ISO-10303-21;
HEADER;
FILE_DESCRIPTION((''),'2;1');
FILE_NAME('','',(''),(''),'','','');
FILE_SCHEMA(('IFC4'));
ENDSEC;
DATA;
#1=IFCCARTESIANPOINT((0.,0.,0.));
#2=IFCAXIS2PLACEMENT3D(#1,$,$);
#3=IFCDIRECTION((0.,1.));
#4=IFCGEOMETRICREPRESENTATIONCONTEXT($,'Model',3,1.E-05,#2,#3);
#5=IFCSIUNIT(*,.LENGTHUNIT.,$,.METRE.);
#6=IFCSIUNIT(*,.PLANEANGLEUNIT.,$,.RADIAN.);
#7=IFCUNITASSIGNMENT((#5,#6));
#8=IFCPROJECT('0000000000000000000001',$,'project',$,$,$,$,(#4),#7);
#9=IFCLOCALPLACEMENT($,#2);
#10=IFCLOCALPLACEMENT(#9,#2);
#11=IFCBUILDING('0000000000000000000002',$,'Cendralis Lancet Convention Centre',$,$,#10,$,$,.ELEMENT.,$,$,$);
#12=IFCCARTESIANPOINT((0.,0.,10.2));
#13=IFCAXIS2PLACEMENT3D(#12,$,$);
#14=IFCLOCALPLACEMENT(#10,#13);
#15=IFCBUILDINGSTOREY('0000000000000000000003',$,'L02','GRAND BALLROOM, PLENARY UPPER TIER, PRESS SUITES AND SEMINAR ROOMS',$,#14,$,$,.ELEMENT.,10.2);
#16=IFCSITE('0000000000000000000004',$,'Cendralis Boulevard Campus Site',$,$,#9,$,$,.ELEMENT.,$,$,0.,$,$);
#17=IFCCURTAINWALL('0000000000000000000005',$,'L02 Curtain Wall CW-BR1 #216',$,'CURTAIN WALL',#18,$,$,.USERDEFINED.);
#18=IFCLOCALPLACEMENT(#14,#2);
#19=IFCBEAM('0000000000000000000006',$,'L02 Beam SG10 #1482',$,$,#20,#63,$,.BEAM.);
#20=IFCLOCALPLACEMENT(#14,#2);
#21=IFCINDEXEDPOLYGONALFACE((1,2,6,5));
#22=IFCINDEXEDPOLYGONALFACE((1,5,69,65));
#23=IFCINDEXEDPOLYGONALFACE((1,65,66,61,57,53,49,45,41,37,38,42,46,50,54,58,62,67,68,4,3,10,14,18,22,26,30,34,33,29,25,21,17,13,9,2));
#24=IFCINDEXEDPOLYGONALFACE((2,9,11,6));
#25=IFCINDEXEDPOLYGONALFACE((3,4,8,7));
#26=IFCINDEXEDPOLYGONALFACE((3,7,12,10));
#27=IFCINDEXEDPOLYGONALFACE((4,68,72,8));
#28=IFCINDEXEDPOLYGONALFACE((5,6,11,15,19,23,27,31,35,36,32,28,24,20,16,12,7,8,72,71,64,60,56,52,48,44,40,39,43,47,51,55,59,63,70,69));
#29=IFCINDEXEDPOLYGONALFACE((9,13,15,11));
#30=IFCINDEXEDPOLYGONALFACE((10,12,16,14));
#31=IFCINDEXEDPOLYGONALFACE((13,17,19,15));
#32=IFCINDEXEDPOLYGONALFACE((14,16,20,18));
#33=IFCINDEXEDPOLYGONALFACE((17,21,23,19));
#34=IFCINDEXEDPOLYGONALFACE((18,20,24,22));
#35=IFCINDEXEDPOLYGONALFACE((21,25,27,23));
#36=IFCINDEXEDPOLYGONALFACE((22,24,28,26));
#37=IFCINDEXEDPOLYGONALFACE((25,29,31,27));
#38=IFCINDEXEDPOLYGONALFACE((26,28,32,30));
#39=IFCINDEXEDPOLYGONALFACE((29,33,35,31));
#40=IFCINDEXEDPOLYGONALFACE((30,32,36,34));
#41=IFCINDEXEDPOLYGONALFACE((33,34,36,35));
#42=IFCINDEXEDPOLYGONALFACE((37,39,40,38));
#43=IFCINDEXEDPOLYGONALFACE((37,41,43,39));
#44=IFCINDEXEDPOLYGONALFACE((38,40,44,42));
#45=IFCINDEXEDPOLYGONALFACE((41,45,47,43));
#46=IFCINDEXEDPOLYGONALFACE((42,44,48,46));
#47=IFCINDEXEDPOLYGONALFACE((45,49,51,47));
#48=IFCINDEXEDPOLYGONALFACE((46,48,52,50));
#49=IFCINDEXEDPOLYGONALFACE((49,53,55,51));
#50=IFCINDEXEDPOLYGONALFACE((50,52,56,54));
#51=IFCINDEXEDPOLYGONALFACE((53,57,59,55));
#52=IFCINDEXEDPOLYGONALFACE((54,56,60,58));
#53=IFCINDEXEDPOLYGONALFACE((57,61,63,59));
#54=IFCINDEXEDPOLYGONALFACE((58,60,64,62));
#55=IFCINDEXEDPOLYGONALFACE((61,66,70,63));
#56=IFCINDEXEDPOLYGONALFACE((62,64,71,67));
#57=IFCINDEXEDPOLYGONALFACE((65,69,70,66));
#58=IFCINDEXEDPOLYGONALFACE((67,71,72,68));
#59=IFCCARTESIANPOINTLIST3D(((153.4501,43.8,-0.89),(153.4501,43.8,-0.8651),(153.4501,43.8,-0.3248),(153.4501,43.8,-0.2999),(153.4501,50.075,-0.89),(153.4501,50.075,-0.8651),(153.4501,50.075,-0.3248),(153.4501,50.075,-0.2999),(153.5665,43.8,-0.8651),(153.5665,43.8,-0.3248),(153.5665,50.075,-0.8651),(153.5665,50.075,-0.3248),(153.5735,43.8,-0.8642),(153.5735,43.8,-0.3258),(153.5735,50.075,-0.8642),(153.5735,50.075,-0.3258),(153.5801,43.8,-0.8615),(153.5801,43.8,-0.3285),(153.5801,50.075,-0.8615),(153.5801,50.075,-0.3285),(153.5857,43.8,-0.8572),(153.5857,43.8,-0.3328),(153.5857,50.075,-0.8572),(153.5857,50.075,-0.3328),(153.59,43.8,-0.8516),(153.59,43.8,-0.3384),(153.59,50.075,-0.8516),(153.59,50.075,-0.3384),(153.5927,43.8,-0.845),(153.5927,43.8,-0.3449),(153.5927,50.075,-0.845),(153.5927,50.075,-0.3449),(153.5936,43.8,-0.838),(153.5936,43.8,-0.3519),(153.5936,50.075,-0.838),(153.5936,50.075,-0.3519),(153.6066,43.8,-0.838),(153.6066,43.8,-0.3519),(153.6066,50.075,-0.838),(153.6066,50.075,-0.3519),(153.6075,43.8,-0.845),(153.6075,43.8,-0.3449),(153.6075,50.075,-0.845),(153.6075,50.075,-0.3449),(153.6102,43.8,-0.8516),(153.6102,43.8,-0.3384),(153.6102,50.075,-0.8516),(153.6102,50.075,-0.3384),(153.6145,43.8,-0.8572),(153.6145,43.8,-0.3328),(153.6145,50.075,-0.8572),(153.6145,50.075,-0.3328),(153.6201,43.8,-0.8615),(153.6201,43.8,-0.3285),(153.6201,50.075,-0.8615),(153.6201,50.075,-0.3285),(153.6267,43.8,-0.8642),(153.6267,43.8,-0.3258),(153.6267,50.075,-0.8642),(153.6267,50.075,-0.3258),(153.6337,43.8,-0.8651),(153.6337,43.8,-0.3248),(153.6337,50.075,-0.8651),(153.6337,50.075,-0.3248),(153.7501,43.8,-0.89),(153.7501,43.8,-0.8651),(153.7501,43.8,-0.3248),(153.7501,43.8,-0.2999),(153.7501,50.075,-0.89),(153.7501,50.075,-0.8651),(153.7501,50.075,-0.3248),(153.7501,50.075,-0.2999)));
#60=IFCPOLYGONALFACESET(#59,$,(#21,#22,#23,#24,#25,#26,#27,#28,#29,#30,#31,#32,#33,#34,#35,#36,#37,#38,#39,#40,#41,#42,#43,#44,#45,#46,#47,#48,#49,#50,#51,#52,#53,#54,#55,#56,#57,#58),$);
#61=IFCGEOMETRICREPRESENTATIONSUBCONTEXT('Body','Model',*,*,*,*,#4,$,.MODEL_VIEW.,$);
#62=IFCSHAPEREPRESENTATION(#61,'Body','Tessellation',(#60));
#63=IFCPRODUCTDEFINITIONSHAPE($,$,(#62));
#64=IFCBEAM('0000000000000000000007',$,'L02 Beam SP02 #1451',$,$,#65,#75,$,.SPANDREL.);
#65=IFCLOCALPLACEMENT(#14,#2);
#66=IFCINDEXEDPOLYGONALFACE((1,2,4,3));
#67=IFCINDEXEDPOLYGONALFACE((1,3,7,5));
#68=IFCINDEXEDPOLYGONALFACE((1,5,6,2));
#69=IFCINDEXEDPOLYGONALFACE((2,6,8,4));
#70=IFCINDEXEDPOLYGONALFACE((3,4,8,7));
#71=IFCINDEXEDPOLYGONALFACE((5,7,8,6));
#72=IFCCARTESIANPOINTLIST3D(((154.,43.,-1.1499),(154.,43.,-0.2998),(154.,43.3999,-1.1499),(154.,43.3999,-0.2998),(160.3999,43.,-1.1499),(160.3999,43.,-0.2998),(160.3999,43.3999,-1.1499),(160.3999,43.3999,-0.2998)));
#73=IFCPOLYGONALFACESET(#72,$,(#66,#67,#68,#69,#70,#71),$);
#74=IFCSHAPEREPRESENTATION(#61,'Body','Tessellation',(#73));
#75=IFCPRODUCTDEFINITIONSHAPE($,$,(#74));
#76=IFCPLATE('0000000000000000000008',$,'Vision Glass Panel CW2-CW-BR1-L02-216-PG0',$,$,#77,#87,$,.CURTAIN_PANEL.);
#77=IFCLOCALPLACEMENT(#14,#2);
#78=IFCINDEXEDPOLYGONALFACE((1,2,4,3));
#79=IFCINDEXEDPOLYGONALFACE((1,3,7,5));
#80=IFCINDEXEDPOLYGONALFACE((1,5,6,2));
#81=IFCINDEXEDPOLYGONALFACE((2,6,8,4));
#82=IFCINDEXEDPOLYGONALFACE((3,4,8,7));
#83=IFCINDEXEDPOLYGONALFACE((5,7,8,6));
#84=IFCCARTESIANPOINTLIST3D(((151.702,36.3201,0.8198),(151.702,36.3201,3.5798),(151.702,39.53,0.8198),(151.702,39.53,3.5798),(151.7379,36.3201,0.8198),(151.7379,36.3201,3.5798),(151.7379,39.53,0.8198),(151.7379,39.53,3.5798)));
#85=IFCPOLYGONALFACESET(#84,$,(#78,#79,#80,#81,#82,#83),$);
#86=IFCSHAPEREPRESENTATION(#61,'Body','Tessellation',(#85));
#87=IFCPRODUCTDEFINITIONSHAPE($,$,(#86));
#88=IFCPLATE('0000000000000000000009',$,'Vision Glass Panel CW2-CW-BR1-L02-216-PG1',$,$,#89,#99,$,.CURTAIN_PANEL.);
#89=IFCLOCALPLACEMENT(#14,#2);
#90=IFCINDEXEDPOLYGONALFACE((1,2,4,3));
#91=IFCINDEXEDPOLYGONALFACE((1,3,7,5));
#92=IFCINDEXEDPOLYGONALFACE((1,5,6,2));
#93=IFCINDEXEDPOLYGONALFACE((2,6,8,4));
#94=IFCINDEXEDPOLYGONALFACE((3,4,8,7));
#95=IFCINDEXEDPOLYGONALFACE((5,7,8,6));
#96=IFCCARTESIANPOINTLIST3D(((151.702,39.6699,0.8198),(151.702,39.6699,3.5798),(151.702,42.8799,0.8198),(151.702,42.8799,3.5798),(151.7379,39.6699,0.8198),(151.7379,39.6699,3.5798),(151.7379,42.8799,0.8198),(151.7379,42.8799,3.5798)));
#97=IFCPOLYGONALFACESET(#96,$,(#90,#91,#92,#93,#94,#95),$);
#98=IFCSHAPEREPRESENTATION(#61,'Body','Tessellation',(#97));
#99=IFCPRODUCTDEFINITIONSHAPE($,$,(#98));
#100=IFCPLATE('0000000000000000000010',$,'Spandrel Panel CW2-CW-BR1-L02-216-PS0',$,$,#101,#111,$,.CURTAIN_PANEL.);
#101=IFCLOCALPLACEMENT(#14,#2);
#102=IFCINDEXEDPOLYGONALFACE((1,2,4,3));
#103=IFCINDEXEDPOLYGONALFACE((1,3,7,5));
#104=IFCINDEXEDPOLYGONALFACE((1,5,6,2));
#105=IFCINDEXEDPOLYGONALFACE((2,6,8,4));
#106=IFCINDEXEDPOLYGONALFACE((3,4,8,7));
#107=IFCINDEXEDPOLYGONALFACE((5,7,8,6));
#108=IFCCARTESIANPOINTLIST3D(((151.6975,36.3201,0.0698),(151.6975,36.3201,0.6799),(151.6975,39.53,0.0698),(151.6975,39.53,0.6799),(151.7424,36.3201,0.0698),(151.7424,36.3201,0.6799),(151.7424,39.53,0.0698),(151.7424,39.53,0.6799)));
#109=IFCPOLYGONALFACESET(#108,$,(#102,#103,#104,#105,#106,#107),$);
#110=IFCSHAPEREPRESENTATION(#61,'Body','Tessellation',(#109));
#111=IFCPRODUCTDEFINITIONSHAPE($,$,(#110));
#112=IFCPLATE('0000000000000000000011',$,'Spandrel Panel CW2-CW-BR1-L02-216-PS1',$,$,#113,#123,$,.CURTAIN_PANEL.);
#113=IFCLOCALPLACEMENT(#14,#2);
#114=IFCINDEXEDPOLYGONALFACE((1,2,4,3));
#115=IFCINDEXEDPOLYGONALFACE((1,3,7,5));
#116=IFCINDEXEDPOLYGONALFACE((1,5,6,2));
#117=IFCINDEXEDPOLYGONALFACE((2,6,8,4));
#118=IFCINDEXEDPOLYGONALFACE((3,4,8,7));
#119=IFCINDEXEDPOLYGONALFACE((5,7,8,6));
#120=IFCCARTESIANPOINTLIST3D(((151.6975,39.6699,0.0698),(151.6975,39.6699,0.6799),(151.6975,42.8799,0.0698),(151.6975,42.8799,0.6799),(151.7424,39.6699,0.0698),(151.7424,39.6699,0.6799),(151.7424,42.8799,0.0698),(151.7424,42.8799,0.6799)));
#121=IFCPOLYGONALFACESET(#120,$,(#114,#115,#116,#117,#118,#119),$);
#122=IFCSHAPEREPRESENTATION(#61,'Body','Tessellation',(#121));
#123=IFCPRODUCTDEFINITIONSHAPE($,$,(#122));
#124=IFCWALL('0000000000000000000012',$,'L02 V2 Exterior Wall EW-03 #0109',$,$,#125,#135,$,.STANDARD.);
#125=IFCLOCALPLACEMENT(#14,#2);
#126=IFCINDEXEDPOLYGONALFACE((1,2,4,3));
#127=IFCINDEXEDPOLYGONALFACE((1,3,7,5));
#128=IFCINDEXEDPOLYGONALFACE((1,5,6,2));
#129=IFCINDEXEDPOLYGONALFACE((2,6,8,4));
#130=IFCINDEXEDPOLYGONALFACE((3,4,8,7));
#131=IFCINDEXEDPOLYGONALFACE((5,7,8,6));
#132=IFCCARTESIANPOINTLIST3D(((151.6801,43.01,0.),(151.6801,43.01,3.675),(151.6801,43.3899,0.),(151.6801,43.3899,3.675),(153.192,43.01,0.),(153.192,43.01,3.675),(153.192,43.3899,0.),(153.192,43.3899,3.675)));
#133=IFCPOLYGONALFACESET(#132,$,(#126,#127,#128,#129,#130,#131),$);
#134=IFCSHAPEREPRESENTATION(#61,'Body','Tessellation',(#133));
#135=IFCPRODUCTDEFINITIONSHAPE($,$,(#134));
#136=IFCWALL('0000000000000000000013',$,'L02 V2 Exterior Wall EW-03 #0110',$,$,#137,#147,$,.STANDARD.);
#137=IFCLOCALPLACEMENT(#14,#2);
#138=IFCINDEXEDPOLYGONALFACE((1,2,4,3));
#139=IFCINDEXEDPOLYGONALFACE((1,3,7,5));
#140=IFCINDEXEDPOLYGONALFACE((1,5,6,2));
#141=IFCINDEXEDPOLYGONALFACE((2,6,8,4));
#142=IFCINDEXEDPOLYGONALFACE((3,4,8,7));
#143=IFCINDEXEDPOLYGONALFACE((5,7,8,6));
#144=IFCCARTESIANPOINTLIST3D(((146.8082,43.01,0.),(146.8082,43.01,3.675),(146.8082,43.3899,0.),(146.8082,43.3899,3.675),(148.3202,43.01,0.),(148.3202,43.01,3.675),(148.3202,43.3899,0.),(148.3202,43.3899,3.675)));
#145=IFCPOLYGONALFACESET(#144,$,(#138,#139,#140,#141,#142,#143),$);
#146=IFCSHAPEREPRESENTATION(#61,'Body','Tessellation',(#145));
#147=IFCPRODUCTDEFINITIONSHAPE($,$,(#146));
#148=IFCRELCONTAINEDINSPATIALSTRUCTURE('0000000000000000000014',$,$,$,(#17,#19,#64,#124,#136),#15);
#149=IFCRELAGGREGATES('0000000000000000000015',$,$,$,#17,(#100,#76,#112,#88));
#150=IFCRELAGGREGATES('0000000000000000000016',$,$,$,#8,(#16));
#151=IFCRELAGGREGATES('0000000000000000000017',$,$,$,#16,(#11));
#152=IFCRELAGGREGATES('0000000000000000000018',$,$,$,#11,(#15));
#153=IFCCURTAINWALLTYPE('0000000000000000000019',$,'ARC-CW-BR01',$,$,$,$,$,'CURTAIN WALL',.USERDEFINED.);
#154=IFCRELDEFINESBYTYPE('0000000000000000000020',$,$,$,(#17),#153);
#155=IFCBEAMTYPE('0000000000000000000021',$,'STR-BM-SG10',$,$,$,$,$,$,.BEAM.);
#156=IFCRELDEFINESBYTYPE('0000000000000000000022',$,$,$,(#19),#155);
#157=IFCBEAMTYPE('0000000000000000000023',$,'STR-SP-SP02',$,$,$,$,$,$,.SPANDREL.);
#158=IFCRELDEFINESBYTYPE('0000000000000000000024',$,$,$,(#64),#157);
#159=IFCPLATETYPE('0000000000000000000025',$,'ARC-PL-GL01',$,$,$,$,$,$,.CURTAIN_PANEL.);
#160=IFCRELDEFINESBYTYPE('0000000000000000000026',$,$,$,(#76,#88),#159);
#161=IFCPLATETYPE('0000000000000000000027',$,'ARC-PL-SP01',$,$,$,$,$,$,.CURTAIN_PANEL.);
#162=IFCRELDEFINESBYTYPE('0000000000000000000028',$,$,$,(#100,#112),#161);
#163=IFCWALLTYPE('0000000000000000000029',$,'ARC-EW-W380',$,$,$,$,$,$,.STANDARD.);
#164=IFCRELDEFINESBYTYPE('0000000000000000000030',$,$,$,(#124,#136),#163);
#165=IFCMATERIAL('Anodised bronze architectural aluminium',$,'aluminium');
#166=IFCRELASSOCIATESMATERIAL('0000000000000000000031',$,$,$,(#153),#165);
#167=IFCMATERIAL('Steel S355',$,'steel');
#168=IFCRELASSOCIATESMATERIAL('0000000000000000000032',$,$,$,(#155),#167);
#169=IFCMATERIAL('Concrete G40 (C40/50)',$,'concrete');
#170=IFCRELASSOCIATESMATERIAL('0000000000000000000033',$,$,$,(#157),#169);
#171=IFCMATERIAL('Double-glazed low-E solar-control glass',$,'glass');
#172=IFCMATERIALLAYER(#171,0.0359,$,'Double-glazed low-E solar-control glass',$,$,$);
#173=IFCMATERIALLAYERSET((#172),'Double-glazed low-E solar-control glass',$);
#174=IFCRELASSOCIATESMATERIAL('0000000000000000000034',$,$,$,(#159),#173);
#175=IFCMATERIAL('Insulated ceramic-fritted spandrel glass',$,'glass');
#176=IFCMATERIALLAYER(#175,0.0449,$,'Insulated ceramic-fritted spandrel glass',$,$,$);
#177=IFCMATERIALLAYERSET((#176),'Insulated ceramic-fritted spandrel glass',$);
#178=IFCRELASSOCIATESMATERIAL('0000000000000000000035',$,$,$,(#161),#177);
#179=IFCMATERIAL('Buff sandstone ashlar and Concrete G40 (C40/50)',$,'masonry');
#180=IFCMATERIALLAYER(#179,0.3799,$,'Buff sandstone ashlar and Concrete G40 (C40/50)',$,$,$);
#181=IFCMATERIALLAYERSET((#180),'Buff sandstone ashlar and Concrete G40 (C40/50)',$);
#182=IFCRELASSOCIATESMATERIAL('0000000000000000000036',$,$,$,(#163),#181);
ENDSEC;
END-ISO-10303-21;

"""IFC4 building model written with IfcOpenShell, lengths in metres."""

from ifc_helpers import new_model, si_unit, direction, frame, frame_2d, origin, origin_2d, place, context, subcontext, project, spatial, rectangle, i_section, extrude, material, layer, layer_set, material_profile, profile_set, type_object, element, aggregate, save


model = new_model("IFC4")

# Units and contexts
model_context = context("Model", 3, precision=1e-05, world=origin(), true_north=direction((0.0, 1.0)))
body_context = subcontext(model_context, "Body", "Model", "MODEL_VIEW")
ifc_project = project(units=[si_unit("LENGTHUNIT", "METRE"), si_unit("PLANEANGLEUNIT", "RADIAN")], contexts=[model_context])

# Site, building, storey
site_placement = place(None, origin())
site = spatial("IfcSite", under=ifc_project, at=site_placement, Name="Cendralis Boulevard Campus Site", CompositionType="ELEMENT", RefElevation=0.0)
building_placement = place(site_placement, origin())
building = spatial("IfcBuilding", under=site, at=building_placement, Name="Cendralis Lancet Convention Centre", CompositionType="ELEMENT")
storey_placement = place(building_placement, frame((0.0, 0.0, 10.2)))
storey = spatial("IfcBuildingStorey", under=building, at=storey_placement, Name="L02", Description="GRAND BALLROOM, PLENARY UPPER TIER, PRESS SUITES AND SEMINAR ROOMS", CompositionType="ELEMENT", Elevation=10.2)

# Shared definitions
ifc_material_1 = material(Name="Concrete G40 (C40/50)", Category="concrete")

# Curtain wall
ifc_material_2 = material(Name="Anodised bronze architectural aluminium", Category="aluminium")
curtain_wall_type = type_object("IfcCurtainWallType", Name="ARC-CW-BR01", ElementType="CURTAIN WALL", PredefinedType="USERDEFINED", material=ifc_material_2)
curtain_wall_placement = place(storey_placement, origin())
curtain_wall = element("IfcCurtainWall", 1, at=curtain_wall_placement, inside=storey, type_object=curtain_wall_type, Name="L02 Curtain Wall CW-BR1 #216", ObjectType="CURTAIN WALL", PredefinedType="USERDEFINED")

# Beams
ifc_material_3 = material(Name="Steel S355", Category="steel")
ifc_material_profile_1 = material_profile(ifc_material_3, i_section(OverallWidth=0.3, OverallDepth=0.5901, WebThickness=0.0129, FlangeThickness=0.0249, FilletRadius=0.0271, at=origin_2d()), Name="HEA 600")
ifc_profile_set_1 = profile_set([ifc_material_profile_1], Name="Steel S355")
beam_type_1 = type_object("IfcBeamType", Name="STR-BM-SG10", PredefinedType="BEAM", material=ifc_profile_set_1)
beam_1_placement = place(storey_placement, frame((153.6001, 43.8, -0.595), z_axis=(0.0, 1.0, 0.0), x_axis=(-1.0, 0.0, 0.0)))
element("IfcBeam", 2, at=beam_1_placement, inside=storey, type_object=beam_type_1, Name="L02 Beam SG10 #1482", PredefinedType="BEAM", context=body_context, shape_type="SweptSolid", body=[
    extrude(i_section(OverallWidth=0.3, OverallDepth=0.5901, WebThickness=0.0129, FlangeThickness=0.0249, FilletRadius=0.0271, at=origin_2d()), origin(), (0.0, 0.0, 1.0), 6.2749),
])
ifc_material_profile_2 = material_profile(ifc_material_1, rectangle(XDim=0.3999, YDim=0.8501, at=origin_2d()), Name="RCB 400x850")
ifc_profile_set_2 = profile_set([ifc_material_profile_2], Name="Concrete G40 (C40/50)")
beam_type_2 = type_object("IfcBeamType", Name="STR-SP-SP02", PredefinedType="SPANDREL", material=ifc_profile_set_2)
beam_2_placement = place(storey_placement, frame((154.0, 43.2, -0.7249), z_axis=(1.0, 0.0, 0.0), x_axis=(0.0, 1.0, 0.0)))
element("IfcBeam", 3, at=beam_2_placement, inside=storey, type_object=beam_type_2, Name="L02 Beam SP02 #1451", PredefinedType="SPANDREL", context=body_context, shape_type="SweptSolid", body=[
    extrude(rectangle(XDim=0.3999, YDim=0.8501, at=origin_2d()), origin(), (0.0, 0.0, 1.0), 6.3999),
])

# Plates
ifc_material_4 = material(Name="Double-glazed low-E solar-control glass", Category="glass")
ifc_layer_1 = layer(ifc_material_4, 0.0359, Name="Double-glazed low-E solar-control glass")
ifc_layer_set_1 = layer_set([ifc_layer_1], Name="Double-glazed low-E solar-control glass")
plate_type_1 = type_object("IfcPlateType", Name="ARC-PL-GL01", PredefinedType="CURTAIN_PANEL", material=ifc_layer_set_1)
plate_1_placement = place(storey_placement, frame((151.72, 37.925, 0.8198), z_axis=(0.0, 0.0, 1.0), x_axis=(0.0, 1.0, 0.0)))
plate_1 = element("IfcPlate", 4, at=plate_1_placement, type_object=plate_type_1, Name="Vision Glass Panel CW2-CW-BR1-L02-216-PG0", PredefinedType="CURTAIN_PANEL", context=body_context, shape_type="SweptSolid", body=[
    extrude(rectangle(XDim=3.21, YDim=0.0359, at=origin_2d()), origin(), (0.0, 0.0, 1.0), 2.76),
])
plate_2_placement = place(storey_placement, frame((151.72, 41.2749, 0.8198), z_axis=(0.0, 0.0, 1.0), x_axis=(0.0, 1.0, 0.0)))
plate_2 = element("IfcPlate", 5, at=plate_2_placement, type_object=plate_type_1, Name="Vision Glass Panel CW2-CW-BR1-L02-216-PG1", PredefinedType="CURTAIN_PANEL", context=body_context, shape_type="SweptSolid", body=[
    extrude(rectangle(XDim=3.21, YDim=0.0359, at=origin_2d()), origin(), (0.0, 0.0, 1.0), 2.76),
])
ifc_material_5 = material(Name="Insulated ceramic-fritted spandrel glass", Category="glass")
ifc_layer_2 = layer(ifc_material_5, 0.0449, Name="Insulated ceramic-fritted spandrel glass")
ifc_layer_set_2 = layer_set([ifc_layer_2], Name="Insulated ceramic-fritted spandrel glass")
plate_type_2 = type_object("IfcPlateType", Name="ARC-PL-SP01", PredefinedType="CURTAIN_PANEL", material=ifc_layer_set_2)
plate_3_placement = place(storey_placement, frame((151.72, 37.925, 0.0698), z_axis=(0.0, 0.0, 1.0), x_axis=(0.0, 1.0, 0.0)))
plate_3 = element("IfcPlate", 6, at=plate_3_placement, type_object=plate_type_2, Name="Spandrel Panel CW2-CW-BR1-L02-216-PS0", PredefinedType="CURTAIN_PANEL", context=body_context, shape_type="SweptSolid", body=[
    extrude(rectangle(XDim=3.21, YDim=0.0449, at=origin_2d()), origin(), (0.0, 0.0, 1.0), 0.6101),
])
plate_4_placement = place(storey_placement, frame((151.72, 41.2749, 0.0698), z_axis=(0.0, 0.0, 1.0), x_axis=(0.0, 1.0, 0.0)))
plate_4 = element("IfcPlate", 7, at=plate_4_placement, type_object=plate_type_2, Name="Spandrel Panel CW2-CW-BR1-L02-216-PS1", PredefinedType="CURTAIN_PANEL", context=body_context, shape_type="SweptSolid", body=[
    extrude(rectangle(XDim=3.21, YDim=0.0449, at=origin_2d()), origin(), (0.0, 0.0, 1.0), 0.6101),
])
aggregate(curtain_wall, [plate_3, plate_1, plate_4, plate_2])

# Walls
ifc_material_6 = material(Name="Buff sandstone ashlar and Concrete G40 (C40/50)", Category="masonry")
ifc_layer_3 = layer(ifc_material_6, 0.3799, Name="Buff sandstone ashlar and Concrete G40 (C40/50)")
ifc_layer_set_3 = layer_set([ifc_layer_3], Name="Buff sandstone ashlar and Concrete G40 (C40/50)")
wall_type_1 = type_object("IfcWallType", Name="ARC-EW-W380", PredefinedType="STANDARD", material=ifc_layer_set_3)
for number, where, z_axis, x_axis, name in (
    (8, (153.1919, 43.2, 0.0), (0.0, 0.0, 1.0), (-1.0, 0.0, 0.0), "L02 V2 Exterior Wall EW-03 #0109"),
    (9, (148.3201, 43.2, 0.0), (0.0, 0.0, 1.0), (-1.0, 0.0, 0.0), "L02 V2 Exterior Wall EW-03 #0110"),
):
    element("IfcWall", number, at=place(storey_placement, frame(where, z_axis=z_axis, x_axis=x_axis)), inside=storey, type_object=wall_type_1, Name=name, PredefinedType="STANDARD", context=body_context, shape_type="SweptSolid", body=[
        extrude(rectangle(XDim=1.512, YDim=0.3799, at=frame_2d((0.7559, 0.0))), origin(), (0.0, 0.0, 1.0), 3.675),
    ])

save(model, "model.ifc")
